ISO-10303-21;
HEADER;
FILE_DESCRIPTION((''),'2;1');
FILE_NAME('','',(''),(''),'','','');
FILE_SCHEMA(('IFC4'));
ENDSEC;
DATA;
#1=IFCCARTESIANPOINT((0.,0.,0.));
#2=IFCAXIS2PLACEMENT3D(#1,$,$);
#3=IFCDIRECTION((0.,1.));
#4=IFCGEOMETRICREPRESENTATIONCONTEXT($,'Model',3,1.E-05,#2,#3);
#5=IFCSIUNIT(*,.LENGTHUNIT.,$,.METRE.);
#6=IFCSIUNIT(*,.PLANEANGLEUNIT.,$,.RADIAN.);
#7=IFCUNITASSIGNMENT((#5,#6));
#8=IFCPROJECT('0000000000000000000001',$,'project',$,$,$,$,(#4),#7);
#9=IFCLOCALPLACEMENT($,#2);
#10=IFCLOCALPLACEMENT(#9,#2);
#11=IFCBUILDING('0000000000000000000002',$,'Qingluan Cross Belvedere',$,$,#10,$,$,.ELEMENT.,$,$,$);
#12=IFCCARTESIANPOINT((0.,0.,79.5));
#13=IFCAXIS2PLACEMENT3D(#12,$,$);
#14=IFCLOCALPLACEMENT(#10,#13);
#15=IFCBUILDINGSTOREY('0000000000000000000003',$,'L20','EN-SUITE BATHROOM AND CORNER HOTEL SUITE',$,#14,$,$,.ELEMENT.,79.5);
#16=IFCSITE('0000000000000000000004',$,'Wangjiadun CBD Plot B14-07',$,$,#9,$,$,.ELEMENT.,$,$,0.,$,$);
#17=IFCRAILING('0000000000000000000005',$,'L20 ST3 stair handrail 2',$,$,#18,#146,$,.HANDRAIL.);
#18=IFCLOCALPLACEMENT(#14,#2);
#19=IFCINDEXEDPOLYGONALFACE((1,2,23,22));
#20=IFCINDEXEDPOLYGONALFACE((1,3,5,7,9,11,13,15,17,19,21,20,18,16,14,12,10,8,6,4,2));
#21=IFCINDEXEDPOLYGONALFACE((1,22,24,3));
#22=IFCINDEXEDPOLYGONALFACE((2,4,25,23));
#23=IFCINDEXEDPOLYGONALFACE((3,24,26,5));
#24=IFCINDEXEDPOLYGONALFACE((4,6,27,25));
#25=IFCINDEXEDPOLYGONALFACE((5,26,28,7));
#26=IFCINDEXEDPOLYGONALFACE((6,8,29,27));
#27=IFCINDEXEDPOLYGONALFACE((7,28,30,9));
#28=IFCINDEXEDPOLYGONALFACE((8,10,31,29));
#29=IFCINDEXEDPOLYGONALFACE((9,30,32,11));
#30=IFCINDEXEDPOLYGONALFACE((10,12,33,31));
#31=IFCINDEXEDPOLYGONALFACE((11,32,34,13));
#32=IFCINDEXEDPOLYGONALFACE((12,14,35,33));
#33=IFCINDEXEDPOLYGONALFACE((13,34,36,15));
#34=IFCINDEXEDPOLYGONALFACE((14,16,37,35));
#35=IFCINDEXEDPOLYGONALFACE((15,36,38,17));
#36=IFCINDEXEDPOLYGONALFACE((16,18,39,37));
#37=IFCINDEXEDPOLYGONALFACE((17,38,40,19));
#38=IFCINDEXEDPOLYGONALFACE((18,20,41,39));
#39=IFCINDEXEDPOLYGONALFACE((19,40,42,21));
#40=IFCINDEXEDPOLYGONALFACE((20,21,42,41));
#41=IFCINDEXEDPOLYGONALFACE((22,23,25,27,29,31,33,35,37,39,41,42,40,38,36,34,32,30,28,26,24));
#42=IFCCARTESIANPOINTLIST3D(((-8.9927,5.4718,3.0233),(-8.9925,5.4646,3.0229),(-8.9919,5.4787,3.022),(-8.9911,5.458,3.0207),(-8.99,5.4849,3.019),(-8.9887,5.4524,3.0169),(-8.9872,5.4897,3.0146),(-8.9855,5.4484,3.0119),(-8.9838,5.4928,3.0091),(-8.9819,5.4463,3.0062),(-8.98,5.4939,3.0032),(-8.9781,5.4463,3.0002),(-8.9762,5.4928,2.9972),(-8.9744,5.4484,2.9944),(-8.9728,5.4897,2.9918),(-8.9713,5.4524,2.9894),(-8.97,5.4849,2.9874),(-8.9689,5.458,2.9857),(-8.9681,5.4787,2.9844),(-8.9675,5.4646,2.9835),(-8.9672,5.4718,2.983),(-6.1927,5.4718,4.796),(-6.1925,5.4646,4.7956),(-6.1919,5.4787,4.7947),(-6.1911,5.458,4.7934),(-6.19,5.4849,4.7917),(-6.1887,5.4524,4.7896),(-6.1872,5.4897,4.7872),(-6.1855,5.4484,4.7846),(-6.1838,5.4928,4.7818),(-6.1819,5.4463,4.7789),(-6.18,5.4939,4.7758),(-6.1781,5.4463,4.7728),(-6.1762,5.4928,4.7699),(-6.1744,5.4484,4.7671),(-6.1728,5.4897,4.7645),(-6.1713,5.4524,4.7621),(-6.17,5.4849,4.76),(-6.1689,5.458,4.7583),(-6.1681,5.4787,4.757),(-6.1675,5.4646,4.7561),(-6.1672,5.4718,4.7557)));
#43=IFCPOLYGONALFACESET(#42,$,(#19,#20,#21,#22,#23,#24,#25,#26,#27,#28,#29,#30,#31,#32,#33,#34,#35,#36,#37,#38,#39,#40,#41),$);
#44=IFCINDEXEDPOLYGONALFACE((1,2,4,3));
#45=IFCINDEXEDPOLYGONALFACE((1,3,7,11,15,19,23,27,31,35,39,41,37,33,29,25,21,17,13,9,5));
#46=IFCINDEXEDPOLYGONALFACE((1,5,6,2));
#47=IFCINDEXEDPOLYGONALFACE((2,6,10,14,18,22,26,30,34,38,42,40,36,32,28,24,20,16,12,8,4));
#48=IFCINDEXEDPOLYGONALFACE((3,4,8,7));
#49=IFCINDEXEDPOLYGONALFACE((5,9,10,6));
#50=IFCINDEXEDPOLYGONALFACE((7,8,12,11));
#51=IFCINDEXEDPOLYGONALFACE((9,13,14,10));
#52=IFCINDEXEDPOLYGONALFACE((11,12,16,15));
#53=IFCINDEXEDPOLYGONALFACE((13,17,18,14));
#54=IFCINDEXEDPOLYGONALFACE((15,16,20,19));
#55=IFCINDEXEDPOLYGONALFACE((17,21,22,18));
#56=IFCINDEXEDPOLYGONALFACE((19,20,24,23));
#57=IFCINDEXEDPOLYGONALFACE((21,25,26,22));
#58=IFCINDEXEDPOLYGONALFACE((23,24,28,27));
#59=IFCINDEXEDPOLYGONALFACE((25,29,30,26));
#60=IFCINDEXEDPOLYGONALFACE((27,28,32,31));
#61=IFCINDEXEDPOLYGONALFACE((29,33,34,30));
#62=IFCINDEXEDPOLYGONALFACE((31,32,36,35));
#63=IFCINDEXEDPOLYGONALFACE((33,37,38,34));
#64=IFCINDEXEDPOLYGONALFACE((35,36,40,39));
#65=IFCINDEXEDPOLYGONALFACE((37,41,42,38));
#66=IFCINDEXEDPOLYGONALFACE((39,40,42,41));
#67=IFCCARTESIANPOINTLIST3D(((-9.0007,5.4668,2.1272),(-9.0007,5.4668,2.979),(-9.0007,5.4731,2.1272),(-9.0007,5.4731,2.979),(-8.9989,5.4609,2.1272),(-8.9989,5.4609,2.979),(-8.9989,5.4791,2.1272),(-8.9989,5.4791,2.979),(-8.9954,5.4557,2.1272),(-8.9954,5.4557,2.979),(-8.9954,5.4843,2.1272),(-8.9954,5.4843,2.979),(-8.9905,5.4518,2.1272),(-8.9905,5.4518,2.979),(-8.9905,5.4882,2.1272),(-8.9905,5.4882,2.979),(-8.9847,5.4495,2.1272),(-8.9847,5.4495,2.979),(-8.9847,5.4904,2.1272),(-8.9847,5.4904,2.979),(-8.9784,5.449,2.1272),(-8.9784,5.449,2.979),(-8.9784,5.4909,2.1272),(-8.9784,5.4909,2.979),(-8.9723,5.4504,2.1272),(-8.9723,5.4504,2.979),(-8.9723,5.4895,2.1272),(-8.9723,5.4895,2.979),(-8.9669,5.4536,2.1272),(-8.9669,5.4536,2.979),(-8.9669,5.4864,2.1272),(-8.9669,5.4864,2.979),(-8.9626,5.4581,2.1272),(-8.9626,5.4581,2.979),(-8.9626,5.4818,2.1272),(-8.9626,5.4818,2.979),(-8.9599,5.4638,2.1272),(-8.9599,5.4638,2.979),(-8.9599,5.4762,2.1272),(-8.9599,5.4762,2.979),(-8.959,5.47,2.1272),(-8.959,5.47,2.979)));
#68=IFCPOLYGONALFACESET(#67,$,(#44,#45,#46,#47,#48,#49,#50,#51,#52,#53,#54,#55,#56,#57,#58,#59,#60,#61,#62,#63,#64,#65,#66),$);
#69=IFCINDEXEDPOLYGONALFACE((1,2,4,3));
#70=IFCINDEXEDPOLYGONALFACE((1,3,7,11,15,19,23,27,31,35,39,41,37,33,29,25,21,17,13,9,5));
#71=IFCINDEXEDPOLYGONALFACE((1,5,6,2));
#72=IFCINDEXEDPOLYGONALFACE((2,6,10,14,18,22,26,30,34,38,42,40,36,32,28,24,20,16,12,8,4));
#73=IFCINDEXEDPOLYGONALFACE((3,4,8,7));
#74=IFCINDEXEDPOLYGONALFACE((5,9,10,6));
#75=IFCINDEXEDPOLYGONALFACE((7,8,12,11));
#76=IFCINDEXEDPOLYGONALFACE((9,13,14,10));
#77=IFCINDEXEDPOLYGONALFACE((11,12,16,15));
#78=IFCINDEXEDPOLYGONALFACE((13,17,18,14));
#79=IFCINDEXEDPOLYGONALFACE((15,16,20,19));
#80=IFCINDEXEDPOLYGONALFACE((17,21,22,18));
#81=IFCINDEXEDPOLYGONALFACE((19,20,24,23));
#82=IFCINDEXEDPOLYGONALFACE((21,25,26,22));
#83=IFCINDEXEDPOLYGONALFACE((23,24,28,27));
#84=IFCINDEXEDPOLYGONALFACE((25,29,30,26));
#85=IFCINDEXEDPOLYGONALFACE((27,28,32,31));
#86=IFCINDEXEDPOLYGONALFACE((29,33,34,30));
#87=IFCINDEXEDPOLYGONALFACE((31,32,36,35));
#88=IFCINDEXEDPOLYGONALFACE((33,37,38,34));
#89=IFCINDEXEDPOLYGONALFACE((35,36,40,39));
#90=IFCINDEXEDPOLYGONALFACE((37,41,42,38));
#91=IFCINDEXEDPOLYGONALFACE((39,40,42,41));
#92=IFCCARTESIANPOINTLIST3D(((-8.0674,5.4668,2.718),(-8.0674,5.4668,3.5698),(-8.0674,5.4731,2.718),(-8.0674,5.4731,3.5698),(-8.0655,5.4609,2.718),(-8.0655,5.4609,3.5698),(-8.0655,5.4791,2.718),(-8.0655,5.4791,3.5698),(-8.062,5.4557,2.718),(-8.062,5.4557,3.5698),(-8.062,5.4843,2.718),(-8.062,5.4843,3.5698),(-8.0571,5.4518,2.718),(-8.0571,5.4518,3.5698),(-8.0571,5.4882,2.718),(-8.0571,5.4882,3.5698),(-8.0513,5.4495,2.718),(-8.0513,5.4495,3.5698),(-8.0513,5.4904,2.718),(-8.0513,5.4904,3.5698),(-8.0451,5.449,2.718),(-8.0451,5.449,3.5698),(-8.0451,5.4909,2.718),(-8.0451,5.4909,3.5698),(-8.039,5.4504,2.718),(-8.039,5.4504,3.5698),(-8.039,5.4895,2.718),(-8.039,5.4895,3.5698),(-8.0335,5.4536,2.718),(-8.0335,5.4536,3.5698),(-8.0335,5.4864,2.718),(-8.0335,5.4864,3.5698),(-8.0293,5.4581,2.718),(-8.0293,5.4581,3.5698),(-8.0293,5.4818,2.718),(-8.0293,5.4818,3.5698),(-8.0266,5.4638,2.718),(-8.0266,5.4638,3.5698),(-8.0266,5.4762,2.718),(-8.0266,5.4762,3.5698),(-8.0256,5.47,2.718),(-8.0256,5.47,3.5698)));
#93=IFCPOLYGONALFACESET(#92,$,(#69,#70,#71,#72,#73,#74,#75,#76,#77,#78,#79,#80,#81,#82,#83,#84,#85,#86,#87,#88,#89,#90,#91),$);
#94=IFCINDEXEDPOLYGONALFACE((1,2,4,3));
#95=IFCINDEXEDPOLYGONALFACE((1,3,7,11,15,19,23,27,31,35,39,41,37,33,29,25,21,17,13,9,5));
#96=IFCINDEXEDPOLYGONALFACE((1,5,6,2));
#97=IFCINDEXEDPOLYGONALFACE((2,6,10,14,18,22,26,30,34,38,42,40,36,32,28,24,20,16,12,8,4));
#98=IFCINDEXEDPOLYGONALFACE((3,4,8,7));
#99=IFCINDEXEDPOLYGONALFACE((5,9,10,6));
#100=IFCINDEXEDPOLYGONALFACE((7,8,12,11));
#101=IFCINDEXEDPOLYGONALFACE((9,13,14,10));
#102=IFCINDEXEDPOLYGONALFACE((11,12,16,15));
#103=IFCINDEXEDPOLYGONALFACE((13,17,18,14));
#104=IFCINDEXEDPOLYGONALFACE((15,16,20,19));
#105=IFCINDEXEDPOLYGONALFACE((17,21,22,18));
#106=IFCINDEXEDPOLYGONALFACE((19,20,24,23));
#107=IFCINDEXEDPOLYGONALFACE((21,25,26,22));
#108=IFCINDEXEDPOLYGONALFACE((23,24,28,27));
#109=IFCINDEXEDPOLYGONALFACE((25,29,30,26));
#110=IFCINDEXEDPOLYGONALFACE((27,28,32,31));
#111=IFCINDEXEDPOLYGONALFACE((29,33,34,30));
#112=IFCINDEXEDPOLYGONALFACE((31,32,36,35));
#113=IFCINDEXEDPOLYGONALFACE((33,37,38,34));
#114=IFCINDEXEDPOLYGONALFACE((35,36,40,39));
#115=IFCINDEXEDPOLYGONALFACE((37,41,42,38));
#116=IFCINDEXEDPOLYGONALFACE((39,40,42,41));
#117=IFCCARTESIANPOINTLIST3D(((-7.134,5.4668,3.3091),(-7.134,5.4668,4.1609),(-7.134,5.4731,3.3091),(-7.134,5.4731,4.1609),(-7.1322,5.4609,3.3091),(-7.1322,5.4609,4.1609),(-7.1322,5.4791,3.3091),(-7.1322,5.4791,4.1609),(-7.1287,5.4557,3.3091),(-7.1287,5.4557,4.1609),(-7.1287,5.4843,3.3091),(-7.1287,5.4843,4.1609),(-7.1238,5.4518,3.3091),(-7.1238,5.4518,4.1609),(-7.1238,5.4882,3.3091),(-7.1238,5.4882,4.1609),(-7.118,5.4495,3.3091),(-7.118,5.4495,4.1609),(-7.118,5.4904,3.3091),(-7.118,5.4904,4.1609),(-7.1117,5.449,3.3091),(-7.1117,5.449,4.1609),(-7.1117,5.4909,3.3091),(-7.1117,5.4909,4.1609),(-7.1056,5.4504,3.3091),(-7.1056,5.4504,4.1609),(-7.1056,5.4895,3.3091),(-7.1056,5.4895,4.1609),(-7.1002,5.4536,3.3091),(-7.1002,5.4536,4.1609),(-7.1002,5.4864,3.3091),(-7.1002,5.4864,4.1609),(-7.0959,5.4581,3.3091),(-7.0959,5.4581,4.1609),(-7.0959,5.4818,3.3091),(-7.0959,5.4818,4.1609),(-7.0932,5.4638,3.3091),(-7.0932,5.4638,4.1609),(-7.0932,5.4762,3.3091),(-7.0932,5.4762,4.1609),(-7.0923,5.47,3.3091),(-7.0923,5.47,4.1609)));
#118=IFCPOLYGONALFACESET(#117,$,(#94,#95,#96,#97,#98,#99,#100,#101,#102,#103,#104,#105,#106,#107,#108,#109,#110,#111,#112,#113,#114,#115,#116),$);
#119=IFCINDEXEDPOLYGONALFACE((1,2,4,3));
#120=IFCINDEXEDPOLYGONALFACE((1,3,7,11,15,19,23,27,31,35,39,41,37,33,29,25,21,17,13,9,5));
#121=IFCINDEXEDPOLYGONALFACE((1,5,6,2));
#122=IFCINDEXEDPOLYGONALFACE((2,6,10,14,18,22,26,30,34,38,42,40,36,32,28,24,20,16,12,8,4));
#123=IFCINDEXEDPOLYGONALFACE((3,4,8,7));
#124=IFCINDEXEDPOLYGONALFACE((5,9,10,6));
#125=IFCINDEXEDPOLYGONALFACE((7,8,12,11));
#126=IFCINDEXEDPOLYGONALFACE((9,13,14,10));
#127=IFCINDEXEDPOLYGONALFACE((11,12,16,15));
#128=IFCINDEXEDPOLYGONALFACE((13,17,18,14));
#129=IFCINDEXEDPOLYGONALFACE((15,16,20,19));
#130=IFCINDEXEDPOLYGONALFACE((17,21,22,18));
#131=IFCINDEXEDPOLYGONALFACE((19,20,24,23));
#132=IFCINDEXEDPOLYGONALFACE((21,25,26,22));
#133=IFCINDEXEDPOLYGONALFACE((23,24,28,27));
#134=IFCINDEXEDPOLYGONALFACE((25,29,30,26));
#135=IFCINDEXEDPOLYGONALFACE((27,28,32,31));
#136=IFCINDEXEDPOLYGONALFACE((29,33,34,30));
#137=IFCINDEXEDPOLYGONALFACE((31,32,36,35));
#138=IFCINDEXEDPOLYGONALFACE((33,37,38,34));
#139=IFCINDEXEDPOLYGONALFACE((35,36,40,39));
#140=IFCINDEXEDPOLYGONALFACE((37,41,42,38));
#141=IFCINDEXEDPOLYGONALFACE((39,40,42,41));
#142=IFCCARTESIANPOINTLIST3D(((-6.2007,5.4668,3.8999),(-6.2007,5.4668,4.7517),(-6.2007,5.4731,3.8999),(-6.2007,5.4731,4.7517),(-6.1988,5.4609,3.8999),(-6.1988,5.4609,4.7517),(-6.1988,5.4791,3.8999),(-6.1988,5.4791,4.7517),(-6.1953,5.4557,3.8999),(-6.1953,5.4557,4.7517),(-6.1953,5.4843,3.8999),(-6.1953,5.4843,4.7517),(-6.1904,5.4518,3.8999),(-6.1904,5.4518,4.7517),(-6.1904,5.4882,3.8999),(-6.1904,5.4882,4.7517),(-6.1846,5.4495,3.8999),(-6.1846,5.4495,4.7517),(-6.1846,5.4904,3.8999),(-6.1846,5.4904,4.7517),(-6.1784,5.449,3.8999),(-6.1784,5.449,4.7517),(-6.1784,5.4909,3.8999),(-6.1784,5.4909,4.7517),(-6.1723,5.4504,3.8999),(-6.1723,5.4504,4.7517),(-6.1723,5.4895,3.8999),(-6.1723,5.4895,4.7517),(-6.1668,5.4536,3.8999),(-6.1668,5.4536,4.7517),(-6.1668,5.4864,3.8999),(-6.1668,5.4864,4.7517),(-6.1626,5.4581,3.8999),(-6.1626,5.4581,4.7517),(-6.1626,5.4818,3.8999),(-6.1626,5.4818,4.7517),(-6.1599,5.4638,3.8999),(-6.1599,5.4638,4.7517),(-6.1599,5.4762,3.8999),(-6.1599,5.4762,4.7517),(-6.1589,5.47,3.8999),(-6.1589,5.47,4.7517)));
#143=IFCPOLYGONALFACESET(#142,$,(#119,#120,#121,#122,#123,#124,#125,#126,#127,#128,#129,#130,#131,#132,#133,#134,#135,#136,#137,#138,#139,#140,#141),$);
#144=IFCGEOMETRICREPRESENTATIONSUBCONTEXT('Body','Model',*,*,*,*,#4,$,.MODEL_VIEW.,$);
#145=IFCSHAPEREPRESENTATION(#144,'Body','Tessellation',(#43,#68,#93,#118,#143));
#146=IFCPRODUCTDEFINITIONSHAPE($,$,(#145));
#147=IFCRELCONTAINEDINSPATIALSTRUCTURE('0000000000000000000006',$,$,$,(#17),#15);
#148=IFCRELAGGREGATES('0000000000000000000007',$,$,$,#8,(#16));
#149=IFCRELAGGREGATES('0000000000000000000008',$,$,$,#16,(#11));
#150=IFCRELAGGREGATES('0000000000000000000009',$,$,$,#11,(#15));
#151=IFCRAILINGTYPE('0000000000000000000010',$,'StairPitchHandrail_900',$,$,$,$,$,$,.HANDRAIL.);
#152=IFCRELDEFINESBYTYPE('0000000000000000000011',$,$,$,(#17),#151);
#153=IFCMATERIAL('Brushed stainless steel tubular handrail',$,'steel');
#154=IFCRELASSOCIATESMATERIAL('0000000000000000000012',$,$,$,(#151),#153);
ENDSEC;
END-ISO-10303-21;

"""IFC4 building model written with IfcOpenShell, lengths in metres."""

from ifc_helpers import new_model, si_unit, direction, frame, origin, origin_2d, place, context, subcontext, project, spatial, circle, extrude, material, type_object, element, save


model = new_model("IFC4")

# Units and contexts
model_context = context("Model", 3, precision=1e-05, world=origin(), true_north=direction((0.0, 1.0)))
body_context = subcontext(model_context, "Body", "Model", "MODEL_VIEW")
ifc_project = project(units=[si_unit("LENGTHUNIT", "METRE"), si_unit("PLANEANGLEUNIT", "RADIAN")], contexts=[model_context])

# Site, building, storey
site_placement = place(None, origin())
site = spatial("IfcSite", under=ifc_project, at=site_placement, Name="Wangjiadun CBD Plot B14-07", CompositionType="ELEMENT", RefElevation=0.0)
building_placement = place(site_placement, origin())
building = spatial("IfcBuilding", under=site, at=building_placement, Name="Qingluan Cross Belvedere", CompositionType="ELEMENT")
storey_placement = place(building_placement, frame((0.0, 0.0, 79.5)))
storey = spatial("IfcBuildingStorey", under=building, at=storey_placement, Name="L20", Description="EN-SUITE BATHROOM AND CORNER HOTEL SUITE", CompositionType="ELEMENT", Elevation=79.5)

# Railing
ifc_material_1 = material(Name="Brushed stainless steel tubular handrail", Category="steel")
railing_type_1 = type_object("IfcRailingType", Name="StairPitchHandrail_900", PredefinedType="HANDRAIL", material=ifc_material_1)
railing_1_placement = place(storey_placement, frame((-8.98, 5.47, 2.1272)))
element("IfcRailing", 1, at=railing_1_placement, inside=storey, type_object=railing_type_1, Name="L20 ST3 stair handrail 2", PredefinedType="HANDRAIL", context=body_context, shape_type="SweptSolid", body=[
    extrude(circle(Radius=0.0239, at=origin_2d()), frame((0.0, 0.0, 0.876), z_axis=(0.844909, 0.0, 0.53491), x_axis=(0.0, 1.0, 0.0)), (0.0, 0.0, 1.0), 3.314),
    extrude(circle(Radius=0.021, at=origin_2d()), origin(), (0.0, 0.0, 1.0), 0.8518),
    extrude(circle(Radius=0.021, at=origin_2d()), frame((0.9333, 0.0, 0.5908)), (0.0, 0.0, 1.0), 0.8518),
    extrude(circle(Radius=0.021, at=origin_2d()), frame((1.8667, 0.0, 1.1819)), (0.0, 0.0, 1.0), 0.8518),
    extrude(circle(Radius=0.021, at=origin_2d()), frame((2.8, 0.0, 1.7727)), (0.0, 0.0, 1.0), 0.8518),
])

save(model, "model.ifc")
